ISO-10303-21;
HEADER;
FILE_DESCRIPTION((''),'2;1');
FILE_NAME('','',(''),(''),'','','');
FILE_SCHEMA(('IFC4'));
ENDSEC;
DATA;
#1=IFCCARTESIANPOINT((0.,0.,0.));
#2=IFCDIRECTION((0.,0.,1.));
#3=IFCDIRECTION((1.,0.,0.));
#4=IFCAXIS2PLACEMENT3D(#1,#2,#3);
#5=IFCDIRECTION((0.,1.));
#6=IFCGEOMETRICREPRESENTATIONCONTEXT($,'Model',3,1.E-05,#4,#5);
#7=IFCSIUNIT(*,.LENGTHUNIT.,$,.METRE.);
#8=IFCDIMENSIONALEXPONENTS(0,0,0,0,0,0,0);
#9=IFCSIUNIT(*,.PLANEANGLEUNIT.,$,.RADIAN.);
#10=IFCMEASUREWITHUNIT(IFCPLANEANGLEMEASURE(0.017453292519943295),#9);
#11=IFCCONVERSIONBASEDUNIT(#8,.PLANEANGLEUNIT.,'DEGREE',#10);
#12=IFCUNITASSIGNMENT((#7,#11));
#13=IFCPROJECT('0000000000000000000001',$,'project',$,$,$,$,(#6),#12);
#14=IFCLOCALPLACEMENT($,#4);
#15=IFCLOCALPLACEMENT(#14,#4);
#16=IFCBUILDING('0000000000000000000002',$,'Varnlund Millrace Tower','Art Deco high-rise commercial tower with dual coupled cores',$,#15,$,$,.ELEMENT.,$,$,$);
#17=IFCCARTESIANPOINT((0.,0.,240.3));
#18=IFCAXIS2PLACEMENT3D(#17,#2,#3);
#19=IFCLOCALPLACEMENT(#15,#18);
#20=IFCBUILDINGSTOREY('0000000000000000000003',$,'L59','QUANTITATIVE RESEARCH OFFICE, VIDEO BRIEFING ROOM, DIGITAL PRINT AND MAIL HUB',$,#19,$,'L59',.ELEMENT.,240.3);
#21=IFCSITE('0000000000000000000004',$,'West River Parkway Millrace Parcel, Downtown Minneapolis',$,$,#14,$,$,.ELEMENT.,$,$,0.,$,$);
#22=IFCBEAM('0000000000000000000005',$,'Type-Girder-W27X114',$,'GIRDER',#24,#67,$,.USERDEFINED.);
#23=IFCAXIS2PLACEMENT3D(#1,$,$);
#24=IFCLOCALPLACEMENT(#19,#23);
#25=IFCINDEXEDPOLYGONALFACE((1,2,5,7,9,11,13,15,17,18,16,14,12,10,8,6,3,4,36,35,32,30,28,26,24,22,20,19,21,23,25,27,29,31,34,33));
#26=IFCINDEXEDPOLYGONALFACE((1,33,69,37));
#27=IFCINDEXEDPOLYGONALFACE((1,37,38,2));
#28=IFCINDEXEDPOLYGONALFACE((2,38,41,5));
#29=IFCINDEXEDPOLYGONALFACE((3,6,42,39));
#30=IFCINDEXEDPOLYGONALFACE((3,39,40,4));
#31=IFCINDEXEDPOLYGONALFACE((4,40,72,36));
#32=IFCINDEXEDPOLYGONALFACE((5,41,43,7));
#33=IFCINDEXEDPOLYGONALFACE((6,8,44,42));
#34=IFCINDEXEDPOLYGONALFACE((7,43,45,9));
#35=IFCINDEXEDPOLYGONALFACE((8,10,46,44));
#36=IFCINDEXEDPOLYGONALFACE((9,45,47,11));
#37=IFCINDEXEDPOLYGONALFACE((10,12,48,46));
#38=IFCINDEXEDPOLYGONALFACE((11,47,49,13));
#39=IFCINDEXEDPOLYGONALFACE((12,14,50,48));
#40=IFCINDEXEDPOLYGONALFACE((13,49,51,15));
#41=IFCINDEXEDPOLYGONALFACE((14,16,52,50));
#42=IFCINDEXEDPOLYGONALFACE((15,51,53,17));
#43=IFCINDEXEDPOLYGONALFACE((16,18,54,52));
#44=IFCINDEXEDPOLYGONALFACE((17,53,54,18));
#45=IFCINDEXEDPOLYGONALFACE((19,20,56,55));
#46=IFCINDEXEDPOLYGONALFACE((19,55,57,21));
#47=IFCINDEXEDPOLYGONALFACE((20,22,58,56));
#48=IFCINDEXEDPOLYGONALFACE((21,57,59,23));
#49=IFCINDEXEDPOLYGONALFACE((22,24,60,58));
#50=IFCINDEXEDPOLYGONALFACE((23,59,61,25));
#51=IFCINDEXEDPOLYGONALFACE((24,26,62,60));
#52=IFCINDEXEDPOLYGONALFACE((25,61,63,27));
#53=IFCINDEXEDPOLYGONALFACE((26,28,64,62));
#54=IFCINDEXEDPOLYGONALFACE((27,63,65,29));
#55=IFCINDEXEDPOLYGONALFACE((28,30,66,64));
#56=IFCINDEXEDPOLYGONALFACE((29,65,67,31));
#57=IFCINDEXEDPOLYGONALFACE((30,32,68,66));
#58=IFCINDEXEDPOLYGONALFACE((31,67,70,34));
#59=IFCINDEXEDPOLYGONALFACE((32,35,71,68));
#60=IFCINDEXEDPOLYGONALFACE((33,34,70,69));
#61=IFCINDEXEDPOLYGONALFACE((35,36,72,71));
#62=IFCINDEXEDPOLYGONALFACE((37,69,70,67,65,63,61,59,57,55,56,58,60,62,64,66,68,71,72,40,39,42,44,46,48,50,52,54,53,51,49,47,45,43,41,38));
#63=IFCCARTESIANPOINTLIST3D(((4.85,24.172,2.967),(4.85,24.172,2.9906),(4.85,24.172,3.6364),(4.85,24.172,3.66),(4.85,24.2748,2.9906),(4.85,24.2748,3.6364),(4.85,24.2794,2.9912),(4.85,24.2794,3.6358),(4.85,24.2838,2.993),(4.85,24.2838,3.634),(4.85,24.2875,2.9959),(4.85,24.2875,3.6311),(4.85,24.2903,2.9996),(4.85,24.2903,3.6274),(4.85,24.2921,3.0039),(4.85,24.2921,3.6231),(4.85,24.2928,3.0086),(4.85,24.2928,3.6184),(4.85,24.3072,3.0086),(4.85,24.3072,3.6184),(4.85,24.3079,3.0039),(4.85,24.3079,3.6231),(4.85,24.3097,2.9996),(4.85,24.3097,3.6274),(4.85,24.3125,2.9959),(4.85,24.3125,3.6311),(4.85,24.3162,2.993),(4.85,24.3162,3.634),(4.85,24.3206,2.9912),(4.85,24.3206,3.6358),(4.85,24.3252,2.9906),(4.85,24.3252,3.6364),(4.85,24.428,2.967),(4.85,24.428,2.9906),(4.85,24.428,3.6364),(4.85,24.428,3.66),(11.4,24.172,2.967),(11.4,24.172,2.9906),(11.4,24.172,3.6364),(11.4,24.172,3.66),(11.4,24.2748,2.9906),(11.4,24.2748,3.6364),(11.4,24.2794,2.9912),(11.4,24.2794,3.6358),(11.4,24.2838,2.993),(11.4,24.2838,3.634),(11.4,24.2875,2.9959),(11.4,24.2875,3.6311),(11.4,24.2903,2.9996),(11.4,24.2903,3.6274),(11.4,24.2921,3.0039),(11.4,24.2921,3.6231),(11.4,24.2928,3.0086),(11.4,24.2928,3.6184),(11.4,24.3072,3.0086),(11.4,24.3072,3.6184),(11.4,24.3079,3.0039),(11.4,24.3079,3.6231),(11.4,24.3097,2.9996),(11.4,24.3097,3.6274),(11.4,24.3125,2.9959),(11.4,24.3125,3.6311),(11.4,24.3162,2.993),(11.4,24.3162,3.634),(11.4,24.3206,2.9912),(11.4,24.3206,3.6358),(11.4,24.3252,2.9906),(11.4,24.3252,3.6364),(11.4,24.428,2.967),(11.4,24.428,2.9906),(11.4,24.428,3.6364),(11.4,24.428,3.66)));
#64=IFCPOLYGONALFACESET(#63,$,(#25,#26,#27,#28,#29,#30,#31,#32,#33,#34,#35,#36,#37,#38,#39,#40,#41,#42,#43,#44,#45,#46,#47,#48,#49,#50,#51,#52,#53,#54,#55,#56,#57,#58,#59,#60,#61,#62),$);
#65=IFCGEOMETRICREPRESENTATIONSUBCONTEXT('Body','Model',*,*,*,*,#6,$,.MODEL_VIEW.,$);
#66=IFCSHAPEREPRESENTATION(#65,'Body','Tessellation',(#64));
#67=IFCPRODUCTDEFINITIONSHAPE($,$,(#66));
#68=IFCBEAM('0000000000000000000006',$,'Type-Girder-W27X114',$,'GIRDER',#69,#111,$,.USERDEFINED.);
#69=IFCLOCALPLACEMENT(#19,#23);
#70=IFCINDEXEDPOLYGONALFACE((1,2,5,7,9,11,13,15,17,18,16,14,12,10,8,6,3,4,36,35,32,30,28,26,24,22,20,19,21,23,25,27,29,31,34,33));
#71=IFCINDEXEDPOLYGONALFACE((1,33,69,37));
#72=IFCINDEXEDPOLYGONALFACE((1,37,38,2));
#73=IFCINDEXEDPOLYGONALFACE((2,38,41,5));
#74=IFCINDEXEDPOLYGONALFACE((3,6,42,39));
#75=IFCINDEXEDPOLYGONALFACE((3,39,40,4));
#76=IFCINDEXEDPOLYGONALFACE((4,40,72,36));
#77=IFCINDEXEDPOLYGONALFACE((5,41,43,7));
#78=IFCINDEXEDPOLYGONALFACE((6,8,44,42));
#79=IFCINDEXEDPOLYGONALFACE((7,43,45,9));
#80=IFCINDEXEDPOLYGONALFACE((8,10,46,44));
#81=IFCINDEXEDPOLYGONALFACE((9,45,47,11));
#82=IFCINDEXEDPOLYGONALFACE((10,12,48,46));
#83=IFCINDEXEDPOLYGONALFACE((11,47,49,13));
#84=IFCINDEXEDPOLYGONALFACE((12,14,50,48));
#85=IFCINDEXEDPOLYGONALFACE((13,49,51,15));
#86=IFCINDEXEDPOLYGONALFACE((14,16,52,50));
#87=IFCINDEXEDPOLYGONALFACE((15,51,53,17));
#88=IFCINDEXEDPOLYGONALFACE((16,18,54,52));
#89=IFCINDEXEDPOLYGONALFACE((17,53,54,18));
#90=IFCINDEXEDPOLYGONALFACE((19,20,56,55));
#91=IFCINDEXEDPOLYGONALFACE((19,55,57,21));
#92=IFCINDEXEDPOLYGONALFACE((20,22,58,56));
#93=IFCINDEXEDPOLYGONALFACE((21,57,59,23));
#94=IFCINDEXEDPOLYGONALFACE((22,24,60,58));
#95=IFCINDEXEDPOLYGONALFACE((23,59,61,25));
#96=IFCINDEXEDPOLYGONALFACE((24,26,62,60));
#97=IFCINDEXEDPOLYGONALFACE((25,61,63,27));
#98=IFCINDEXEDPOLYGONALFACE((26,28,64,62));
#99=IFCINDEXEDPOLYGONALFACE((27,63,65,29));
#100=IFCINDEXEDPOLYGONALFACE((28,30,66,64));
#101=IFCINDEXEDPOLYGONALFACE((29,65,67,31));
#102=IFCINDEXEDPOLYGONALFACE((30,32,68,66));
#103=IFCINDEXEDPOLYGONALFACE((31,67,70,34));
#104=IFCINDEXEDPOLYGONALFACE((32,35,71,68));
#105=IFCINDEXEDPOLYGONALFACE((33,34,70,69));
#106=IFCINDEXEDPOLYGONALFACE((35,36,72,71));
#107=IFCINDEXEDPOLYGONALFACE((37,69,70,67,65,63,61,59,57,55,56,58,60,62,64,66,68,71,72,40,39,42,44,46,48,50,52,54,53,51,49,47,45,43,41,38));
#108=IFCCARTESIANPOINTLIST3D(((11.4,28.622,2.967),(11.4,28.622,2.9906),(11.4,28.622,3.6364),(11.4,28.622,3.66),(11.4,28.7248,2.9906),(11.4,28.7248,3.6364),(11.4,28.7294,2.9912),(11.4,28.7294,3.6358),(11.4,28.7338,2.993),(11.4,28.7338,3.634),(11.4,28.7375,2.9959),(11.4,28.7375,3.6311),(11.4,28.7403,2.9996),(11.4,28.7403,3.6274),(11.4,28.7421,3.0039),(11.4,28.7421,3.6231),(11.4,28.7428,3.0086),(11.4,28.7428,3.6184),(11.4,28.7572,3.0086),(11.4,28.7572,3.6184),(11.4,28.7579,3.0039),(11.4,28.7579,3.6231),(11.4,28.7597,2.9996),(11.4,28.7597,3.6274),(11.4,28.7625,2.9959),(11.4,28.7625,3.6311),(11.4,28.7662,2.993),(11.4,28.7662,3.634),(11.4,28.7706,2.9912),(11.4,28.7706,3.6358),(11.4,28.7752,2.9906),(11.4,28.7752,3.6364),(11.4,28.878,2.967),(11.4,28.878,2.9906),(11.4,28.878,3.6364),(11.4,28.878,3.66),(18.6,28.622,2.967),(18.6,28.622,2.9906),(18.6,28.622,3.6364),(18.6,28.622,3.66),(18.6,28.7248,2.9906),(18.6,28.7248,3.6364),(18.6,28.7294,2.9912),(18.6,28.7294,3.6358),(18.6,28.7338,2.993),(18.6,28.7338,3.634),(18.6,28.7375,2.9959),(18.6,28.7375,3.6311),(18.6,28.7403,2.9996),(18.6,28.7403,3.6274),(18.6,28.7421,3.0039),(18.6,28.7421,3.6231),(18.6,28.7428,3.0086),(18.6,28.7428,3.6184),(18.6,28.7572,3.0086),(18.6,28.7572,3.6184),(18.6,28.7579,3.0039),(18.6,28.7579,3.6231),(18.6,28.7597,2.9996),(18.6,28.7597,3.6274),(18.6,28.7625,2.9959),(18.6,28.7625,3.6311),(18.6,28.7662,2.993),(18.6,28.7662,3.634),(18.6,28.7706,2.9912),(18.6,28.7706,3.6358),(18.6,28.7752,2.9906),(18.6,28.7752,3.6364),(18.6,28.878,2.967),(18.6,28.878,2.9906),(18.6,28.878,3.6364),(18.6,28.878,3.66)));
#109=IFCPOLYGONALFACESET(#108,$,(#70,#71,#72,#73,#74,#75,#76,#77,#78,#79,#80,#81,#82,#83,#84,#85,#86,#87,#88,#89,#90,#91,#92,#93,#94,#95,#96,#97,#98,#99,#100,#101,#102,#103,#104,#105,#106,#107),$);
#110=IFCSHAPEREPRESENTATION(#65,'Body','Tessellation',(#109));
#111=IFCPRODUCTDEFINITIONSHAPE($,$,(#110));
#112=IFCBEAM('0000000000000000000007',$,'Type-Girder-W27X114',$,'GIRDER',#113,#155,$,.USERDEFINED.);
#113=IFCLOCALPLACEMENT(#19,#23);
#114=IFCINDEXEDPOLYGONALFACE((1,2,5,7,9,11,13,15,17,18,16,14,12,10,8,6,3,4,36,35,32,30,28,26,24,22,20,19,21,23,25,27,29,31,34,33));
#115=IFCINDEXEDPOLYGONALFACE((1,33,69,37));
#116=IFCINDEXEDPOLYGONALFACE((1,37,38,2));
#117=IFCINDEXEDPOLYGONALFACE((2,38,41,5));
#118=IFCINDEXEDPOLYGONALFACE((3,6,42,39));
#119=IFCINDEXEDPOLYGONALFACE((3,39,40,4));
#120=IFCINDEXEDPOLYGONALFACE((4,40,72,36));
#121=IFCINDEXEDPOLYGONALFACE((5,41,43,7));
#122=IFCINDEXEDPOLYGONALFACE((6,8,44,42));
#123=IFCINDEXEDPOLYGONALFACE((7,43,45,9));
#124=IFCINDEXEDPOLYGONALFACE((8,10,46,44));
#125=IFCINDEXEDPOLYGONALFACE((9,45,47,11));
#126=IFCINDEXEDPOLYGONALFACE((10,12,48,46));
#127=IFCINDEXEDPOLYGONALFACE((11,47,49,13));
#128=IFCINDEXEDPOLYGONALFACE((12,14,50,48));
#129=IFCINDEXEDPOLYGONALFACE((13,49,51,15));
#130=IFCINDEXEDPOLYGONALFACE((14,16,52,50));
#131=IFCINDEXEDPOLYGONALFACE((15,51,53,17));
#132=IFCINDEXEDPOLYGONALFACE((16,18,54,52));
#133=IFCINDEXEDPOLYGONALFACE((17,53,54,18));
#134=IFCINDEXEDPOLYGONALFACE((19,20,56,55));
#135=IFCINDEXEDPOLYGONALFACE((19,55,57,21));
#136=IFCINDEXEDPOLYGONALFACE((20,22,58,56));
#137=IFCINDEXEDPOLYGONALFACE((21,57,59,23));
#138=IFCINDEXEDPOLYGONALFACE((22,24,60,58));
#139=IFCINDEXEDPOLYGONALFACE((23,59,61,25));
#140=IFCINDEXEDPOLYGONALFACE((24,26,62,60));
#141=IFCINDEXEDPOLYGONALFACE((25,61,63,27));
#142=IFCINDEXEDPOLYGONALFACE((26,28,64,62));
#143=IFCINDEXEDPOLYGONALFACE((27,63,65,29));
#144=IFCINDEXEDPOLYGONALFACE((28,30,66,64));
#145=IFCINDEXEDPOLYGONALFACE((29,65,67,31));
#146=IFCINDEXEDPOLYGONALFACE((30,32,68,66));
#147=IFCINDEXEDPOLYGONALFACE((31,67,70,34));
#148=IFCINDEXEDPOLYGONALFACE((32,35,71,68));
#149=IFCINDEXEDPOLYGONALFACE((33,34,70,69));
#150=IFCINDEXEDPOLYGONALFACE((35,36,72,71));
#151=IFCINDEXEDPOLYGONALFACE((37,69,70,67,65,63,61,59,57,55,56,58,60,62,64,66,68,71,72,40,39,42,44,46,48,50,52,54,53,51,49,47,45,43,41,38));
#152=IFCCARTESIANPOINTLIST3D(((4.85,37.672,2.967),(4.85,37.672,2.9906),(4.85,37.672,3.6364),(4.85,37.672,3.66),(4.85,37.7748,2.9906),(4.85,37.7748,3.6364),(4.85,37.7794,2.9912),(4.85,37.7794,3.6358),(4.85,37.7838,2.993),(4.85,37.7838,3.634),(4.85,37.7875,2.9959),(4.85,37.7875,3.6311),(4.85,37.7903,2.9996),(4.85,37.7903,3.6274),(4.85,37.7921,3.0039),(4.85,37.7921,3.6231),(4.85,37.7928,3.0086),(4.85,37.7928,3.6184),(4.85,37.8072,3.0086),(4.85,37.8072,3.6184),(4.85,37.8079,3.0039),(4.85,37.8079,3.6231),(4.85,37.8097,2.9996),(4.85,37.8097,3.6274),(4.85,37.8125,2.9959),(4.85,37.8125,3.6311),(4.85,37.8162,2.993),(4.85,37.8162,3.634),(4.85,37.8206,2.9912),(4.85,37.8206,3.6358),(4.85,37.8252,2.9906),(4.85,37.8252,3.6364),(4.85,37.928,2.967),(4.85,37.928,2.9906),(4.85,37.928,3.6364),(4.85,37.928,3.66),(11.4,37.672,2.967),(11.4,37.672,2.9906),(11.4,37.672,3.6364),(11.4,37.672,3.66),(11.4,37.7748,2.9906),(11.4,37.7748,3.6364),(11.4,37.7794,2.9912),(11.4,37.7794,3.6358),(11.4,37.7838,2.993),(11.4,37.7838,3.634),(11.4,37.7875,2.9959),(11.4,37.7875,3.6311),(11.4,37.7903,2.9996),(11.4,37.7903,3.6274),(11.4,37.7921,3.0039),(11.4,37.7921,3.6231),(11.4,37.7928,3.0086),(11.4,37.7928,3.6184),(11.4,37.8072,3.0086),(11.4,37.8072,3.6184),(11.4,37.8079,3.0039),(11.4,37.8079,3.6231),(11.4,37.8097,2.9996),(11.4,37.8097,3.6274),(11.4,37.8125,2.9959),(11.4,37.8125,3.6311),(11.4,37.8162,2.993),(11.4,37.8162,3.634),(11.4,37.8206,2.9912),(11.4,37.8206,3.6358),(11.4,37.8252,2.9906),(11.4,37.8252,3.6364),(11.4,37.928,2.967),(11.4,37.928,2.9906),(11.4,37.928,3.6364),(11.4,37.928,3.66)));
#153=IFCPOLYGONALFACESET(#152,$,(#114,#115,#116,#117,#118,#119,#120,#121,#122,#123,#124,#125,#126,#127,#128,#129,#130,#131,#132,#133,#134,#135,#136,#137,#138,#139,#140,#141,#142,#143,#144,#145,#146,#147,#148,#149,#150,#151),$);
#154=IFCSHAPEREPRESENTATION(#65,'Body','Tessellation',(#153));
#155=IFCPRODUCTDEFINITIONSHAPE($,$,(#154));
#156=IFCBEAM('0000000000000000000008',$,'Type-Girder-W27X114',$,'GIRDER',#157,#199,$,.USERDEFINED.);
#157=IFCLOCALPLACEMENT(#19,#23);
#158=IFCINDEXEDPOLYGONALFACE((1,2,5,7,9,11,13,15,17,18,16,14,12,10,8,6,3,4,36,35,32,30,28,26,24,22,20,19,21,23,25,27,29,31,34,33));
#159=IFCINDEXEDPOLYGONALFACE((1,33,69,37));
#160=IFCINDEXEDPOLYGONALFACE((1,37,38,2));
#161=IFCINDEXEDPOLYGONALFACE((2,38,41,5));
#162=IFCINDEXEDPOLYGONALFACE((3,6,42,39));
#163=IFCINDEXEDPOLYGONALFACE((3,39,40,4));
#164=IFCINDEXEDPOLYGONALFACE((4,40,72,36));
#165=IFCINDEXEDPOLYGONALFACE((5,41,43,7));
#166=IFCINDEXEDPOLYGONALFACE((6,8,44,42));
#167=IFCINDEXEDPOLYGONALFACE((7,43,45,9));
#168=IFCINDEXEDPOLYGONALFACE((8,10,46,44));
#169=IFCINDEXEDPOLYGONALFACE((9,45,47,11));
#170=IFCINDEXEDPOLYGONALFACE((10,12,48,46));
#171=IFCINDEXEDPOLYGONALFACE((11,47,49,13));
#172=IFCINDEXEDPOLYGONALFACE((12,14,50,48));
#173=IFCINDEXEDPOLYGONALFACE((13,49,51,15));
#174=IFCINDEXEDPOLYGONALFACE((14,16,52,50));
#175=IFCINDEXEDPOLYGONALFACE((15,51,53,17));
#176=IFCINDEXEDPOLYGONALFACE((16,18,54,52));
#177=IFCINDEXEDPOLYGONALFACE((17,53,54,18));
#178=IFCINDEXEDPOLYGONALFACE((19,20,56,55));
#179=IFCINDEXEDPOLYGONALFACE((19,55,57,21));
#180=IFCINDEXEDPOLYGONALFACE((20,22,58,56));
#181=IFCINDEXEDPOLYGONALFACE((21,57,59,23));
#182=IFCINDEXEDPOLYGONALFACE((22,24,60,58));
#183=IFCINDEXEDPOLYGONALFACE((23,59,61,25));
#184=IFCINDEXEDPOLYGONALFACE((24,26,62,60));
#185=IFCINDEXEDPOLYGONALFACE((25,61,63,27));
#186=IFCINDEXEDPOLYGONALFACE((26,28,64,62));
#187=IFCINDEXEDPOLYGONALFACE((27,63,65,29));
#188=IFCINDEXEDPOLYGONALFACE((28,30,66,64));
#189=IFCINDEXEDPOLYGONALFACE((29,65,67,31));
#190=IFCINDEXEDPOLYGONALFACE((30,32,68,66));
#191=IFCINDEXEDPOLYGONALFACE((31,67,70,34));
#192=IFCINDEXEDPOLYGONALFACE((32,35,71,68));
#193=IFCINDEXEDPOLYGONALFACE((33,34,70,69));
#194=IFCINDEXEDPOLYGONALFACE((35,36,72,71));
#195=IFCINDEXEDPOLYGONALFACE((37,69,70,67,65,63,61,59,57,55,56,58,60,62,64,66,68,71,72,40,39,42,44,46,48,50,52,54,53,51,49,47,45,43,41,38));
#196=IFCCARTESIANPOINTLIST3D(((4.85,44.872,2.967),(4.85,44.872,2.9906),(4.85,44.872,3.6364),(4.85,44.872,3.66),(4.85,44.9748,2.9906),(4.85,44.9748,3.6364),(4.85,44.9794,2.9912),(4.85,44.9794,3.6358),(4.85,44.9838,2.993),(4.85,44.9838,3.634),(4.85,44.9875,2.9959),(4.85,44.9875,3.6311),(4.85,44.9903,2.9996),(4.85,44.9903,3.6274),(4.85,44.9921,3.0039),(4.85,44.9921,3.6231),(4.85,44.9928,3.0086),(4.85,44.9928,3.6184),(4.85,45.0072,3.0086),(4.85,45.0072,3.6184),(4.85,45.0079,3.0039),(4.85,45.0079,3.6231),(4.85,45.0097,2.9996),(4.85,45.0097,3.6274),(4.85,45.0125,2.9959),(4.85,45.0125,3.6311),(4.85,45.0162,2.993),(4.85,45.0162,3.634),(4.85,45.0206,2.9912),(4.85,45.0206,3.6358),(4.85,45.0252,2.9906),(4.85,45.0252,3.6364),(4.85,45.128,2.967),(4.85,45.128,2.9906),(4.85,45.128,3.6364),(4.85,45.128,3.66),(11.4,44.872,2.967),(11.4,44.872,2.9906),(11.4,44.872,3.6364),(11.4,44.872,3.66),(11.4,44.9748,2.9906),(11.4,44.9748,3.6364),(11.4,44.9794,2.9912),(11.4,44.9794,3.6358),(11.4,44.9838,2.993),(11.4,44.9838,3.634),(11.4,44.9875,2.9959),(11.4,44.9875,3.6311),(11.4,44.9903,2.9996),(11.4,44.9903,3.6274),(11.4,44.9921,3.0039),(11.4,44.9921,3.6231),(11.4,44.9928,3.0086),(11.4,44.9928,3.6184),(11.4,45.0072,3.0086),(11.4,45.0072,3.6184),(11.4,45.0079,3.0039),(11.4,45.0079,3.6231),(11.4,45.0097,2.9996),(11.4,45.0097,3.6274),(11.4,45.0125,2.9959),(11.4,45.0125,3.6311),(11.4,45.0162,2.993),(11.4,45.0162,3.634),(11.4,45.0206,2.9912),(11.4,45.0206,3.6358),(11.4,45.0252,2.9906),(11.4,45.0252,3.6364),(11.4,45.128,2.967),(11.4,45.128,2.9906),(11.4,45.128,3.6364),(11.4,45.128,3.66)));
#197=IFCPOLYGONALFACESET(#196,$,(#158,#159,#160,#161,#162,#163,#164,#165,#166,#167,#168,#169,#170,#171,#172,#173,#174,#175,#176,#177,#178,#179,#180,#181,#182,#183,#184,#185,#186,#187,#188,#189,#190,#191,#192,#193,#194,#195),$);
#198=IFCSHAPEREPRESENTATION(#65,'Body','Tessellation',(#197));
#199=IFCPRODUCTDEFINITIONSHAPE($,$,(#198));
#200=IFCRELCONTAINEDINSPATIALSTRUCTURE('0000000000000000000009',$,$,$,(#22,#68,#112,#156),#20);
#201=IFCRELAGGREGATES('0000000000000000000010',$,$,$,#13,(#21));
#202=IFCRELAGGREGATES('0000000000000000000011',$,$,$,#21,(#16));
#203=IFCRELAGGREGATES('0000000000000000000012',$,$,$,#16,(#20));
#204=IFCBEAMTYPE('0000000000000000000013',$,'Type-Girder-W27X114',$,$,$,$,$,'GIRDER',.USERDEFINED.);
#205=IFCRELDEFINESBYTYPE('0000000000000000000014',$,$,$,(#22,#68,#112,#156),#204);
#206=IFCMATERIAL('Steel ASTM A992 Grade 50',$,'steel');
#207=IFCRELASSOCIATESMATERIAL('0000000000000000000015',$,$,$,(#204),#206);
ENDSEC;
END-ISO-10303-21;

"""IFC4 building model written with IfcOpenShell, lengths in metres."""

from ifc_helpers import new_model, entity, si_unit, converted_unit, direction, frame, origin_with_axes, origin_2d_with_axis, place, context, subcontext, project, spatial, i_section, extrude, material, material_profile, profile_set, type_object, element, save


model = new_model("IFC4")

# Units and contexts
model_context = context("Model", 3, precision=1e-05, world=origin_with_axes(), true_north=direction((0.0, 1.0)))
body_context = subcontext(model_context, "Body", "Model", "MODEL_VIEW")
ifc_project = project(units=[si_unit("LENGTHUNIT", "METRE"), converted_unit("PLANEANGLEUNIT", "DEGREE", entity("IfcPlaneAngleMeasure", 0.017453292519943295), si_unit("PLANEANGLEUNIT", "RADIAN"), dimensions=[0, 0, 0, 0, 0, 0, 0])], contexts=[model_context])

# Site, building, storey
site_placement = place(None, origin_with_axes())
site = spatial("IfcSite", under=ifc_project, at=site_placement, Name="West River Parkway Millrace Parcel, Downtown Minneapolis", CompositionType="ELEMENT", RefElevation=0.0)
building_placement = place(site_placement, origin_with_axes())
building = spatial("IfcBuilding", under=site, at=building_placement, Name="Varnlund Millrace Tower", Description="Art Deco high-rise commercial tower with dual coupled cores", CompositionType="ELEMENT")
storey_placement = place(building_placement, frame((0.0, 0.0, 240.3), z_axis=(0.0, 0.0, 1.0), x_axis=(1.0, 0.0, 0.0)))
storey = spatial("IfcBuildingStorey", under=building, at=storey_placement, Name="L59", Description="QUANTITATIVE RESEARCH OFFICE, VIDEO BRIEFING ROOM, DIGITAL PRINT AND MAIL HUB", LongName="L59", CompositionType="ELEMENT", Elevation=240.3)

# Beams
ifc_material_1 = material(Name="Steel ASTM A992 Grade 50", Category="steel")
ifc_material_profile_1 = material_profile(ifc_material_1, i_section(OverallWidth=0.256, OverallDepth=0.693, WebThickness=0.0145, FlangeThickness=0.0236, FilletRadius=0.018, at=origin_2d_with_axis()), Name="Steel ASTM A992 Grade 50")
ifc_profile_set_1 = profile_set([ifc_material_profile_1], Name="Steel ASTM A992 Grade 50")
beam_type_1 = type_object("IfcBeamType", Name="Type-Girder-W27X114", ElementType="GIRDER", PredefinedType="USERDEFINED", material=ifc_profile_set_1)
beam_1_placement = place(storey_placement, frame((4.85, 24.3, 3.3135), z_axis=(1.0, 0.0, 0.0), x_axis=(0.0, 1.0, 0.0)))
element("IfcBeam", 1, at=beam_1_placement, inside=storey, type_object=beam_type_1, Name="Type-Girder-W27X114", ObjectType="GIRDER", PredefinedType="USERDEFINED", context=body_context, shape_type="SweptSolid", body=[
    extrude(i_section(OverallWidth=0.256, OverallDepth=0.693, WebThickness=0.0145, FlangeThickness=0.0236, FilletRadius=0.018, at=origin_2d_with_axis()), origin_with_axes(), (0.0, 0.0, 1.0), 6.55),
])
beam_2_placement = place(storey_placement, frame((11.4, 28.75, 3.3135), z_axis=(1.0, 0.0, 0.0), x_axis=(0.0, 1.0, 0.0)))
element("IfcBeam", 2, at=beam_2_placement, inside=storey, type_object=beam_type_1, Name="Type-Girder-W27X114", ObjectType="GIRDER", PredefinedType="USERDEFINED", context=body_context, shape_type="SweptSolid", body=[
    extrude(i_section(OverallWidth=0.256, OverallDepth=0.693, WebThickness=0.0145, FlangeThickness=0.0236, FilletRadius=0.018, at=origin_2d_with_axis()), origin_with_axes(), (0.0, 0.0, 1.0), 7.2),
])
for number, where, z_axis, x_axis, name in (
    (3, (4.85, 37.8, 3.3135), (1.0, 0.0, 0.0), (0.0, 1.0, 0.0), "Type-Girder-W27X114"),
    (4, (4.85, 45.0, 3.3135), (1.0, 0.0, 0.0), (0.0, 1.0, 0.0), "Type-Girder-W27X114"),
):
    element("IfcBeam", number, at=place(storey_placement, frame(where, z_axis=z_axis, x_axis=x_axis)), inside=storey, type_object=beam_type_1, Name=name, ObjectType="GIRDER", PredefinedType="USERDEFINED", context=body_context, shape_type="SweptSolid", body=[
        extrude(i_section(OverallWidth=0.256, OverallDepth=0.693, WebThickness=0.0145, FlangeThickness=0.0236, FilletRadius=0.018, at=origin_2d_with_axis()), origin_with_axes(), (0.0, 0.0, 1.0), 6.55),
    ])

save(model, "model.ifc")
